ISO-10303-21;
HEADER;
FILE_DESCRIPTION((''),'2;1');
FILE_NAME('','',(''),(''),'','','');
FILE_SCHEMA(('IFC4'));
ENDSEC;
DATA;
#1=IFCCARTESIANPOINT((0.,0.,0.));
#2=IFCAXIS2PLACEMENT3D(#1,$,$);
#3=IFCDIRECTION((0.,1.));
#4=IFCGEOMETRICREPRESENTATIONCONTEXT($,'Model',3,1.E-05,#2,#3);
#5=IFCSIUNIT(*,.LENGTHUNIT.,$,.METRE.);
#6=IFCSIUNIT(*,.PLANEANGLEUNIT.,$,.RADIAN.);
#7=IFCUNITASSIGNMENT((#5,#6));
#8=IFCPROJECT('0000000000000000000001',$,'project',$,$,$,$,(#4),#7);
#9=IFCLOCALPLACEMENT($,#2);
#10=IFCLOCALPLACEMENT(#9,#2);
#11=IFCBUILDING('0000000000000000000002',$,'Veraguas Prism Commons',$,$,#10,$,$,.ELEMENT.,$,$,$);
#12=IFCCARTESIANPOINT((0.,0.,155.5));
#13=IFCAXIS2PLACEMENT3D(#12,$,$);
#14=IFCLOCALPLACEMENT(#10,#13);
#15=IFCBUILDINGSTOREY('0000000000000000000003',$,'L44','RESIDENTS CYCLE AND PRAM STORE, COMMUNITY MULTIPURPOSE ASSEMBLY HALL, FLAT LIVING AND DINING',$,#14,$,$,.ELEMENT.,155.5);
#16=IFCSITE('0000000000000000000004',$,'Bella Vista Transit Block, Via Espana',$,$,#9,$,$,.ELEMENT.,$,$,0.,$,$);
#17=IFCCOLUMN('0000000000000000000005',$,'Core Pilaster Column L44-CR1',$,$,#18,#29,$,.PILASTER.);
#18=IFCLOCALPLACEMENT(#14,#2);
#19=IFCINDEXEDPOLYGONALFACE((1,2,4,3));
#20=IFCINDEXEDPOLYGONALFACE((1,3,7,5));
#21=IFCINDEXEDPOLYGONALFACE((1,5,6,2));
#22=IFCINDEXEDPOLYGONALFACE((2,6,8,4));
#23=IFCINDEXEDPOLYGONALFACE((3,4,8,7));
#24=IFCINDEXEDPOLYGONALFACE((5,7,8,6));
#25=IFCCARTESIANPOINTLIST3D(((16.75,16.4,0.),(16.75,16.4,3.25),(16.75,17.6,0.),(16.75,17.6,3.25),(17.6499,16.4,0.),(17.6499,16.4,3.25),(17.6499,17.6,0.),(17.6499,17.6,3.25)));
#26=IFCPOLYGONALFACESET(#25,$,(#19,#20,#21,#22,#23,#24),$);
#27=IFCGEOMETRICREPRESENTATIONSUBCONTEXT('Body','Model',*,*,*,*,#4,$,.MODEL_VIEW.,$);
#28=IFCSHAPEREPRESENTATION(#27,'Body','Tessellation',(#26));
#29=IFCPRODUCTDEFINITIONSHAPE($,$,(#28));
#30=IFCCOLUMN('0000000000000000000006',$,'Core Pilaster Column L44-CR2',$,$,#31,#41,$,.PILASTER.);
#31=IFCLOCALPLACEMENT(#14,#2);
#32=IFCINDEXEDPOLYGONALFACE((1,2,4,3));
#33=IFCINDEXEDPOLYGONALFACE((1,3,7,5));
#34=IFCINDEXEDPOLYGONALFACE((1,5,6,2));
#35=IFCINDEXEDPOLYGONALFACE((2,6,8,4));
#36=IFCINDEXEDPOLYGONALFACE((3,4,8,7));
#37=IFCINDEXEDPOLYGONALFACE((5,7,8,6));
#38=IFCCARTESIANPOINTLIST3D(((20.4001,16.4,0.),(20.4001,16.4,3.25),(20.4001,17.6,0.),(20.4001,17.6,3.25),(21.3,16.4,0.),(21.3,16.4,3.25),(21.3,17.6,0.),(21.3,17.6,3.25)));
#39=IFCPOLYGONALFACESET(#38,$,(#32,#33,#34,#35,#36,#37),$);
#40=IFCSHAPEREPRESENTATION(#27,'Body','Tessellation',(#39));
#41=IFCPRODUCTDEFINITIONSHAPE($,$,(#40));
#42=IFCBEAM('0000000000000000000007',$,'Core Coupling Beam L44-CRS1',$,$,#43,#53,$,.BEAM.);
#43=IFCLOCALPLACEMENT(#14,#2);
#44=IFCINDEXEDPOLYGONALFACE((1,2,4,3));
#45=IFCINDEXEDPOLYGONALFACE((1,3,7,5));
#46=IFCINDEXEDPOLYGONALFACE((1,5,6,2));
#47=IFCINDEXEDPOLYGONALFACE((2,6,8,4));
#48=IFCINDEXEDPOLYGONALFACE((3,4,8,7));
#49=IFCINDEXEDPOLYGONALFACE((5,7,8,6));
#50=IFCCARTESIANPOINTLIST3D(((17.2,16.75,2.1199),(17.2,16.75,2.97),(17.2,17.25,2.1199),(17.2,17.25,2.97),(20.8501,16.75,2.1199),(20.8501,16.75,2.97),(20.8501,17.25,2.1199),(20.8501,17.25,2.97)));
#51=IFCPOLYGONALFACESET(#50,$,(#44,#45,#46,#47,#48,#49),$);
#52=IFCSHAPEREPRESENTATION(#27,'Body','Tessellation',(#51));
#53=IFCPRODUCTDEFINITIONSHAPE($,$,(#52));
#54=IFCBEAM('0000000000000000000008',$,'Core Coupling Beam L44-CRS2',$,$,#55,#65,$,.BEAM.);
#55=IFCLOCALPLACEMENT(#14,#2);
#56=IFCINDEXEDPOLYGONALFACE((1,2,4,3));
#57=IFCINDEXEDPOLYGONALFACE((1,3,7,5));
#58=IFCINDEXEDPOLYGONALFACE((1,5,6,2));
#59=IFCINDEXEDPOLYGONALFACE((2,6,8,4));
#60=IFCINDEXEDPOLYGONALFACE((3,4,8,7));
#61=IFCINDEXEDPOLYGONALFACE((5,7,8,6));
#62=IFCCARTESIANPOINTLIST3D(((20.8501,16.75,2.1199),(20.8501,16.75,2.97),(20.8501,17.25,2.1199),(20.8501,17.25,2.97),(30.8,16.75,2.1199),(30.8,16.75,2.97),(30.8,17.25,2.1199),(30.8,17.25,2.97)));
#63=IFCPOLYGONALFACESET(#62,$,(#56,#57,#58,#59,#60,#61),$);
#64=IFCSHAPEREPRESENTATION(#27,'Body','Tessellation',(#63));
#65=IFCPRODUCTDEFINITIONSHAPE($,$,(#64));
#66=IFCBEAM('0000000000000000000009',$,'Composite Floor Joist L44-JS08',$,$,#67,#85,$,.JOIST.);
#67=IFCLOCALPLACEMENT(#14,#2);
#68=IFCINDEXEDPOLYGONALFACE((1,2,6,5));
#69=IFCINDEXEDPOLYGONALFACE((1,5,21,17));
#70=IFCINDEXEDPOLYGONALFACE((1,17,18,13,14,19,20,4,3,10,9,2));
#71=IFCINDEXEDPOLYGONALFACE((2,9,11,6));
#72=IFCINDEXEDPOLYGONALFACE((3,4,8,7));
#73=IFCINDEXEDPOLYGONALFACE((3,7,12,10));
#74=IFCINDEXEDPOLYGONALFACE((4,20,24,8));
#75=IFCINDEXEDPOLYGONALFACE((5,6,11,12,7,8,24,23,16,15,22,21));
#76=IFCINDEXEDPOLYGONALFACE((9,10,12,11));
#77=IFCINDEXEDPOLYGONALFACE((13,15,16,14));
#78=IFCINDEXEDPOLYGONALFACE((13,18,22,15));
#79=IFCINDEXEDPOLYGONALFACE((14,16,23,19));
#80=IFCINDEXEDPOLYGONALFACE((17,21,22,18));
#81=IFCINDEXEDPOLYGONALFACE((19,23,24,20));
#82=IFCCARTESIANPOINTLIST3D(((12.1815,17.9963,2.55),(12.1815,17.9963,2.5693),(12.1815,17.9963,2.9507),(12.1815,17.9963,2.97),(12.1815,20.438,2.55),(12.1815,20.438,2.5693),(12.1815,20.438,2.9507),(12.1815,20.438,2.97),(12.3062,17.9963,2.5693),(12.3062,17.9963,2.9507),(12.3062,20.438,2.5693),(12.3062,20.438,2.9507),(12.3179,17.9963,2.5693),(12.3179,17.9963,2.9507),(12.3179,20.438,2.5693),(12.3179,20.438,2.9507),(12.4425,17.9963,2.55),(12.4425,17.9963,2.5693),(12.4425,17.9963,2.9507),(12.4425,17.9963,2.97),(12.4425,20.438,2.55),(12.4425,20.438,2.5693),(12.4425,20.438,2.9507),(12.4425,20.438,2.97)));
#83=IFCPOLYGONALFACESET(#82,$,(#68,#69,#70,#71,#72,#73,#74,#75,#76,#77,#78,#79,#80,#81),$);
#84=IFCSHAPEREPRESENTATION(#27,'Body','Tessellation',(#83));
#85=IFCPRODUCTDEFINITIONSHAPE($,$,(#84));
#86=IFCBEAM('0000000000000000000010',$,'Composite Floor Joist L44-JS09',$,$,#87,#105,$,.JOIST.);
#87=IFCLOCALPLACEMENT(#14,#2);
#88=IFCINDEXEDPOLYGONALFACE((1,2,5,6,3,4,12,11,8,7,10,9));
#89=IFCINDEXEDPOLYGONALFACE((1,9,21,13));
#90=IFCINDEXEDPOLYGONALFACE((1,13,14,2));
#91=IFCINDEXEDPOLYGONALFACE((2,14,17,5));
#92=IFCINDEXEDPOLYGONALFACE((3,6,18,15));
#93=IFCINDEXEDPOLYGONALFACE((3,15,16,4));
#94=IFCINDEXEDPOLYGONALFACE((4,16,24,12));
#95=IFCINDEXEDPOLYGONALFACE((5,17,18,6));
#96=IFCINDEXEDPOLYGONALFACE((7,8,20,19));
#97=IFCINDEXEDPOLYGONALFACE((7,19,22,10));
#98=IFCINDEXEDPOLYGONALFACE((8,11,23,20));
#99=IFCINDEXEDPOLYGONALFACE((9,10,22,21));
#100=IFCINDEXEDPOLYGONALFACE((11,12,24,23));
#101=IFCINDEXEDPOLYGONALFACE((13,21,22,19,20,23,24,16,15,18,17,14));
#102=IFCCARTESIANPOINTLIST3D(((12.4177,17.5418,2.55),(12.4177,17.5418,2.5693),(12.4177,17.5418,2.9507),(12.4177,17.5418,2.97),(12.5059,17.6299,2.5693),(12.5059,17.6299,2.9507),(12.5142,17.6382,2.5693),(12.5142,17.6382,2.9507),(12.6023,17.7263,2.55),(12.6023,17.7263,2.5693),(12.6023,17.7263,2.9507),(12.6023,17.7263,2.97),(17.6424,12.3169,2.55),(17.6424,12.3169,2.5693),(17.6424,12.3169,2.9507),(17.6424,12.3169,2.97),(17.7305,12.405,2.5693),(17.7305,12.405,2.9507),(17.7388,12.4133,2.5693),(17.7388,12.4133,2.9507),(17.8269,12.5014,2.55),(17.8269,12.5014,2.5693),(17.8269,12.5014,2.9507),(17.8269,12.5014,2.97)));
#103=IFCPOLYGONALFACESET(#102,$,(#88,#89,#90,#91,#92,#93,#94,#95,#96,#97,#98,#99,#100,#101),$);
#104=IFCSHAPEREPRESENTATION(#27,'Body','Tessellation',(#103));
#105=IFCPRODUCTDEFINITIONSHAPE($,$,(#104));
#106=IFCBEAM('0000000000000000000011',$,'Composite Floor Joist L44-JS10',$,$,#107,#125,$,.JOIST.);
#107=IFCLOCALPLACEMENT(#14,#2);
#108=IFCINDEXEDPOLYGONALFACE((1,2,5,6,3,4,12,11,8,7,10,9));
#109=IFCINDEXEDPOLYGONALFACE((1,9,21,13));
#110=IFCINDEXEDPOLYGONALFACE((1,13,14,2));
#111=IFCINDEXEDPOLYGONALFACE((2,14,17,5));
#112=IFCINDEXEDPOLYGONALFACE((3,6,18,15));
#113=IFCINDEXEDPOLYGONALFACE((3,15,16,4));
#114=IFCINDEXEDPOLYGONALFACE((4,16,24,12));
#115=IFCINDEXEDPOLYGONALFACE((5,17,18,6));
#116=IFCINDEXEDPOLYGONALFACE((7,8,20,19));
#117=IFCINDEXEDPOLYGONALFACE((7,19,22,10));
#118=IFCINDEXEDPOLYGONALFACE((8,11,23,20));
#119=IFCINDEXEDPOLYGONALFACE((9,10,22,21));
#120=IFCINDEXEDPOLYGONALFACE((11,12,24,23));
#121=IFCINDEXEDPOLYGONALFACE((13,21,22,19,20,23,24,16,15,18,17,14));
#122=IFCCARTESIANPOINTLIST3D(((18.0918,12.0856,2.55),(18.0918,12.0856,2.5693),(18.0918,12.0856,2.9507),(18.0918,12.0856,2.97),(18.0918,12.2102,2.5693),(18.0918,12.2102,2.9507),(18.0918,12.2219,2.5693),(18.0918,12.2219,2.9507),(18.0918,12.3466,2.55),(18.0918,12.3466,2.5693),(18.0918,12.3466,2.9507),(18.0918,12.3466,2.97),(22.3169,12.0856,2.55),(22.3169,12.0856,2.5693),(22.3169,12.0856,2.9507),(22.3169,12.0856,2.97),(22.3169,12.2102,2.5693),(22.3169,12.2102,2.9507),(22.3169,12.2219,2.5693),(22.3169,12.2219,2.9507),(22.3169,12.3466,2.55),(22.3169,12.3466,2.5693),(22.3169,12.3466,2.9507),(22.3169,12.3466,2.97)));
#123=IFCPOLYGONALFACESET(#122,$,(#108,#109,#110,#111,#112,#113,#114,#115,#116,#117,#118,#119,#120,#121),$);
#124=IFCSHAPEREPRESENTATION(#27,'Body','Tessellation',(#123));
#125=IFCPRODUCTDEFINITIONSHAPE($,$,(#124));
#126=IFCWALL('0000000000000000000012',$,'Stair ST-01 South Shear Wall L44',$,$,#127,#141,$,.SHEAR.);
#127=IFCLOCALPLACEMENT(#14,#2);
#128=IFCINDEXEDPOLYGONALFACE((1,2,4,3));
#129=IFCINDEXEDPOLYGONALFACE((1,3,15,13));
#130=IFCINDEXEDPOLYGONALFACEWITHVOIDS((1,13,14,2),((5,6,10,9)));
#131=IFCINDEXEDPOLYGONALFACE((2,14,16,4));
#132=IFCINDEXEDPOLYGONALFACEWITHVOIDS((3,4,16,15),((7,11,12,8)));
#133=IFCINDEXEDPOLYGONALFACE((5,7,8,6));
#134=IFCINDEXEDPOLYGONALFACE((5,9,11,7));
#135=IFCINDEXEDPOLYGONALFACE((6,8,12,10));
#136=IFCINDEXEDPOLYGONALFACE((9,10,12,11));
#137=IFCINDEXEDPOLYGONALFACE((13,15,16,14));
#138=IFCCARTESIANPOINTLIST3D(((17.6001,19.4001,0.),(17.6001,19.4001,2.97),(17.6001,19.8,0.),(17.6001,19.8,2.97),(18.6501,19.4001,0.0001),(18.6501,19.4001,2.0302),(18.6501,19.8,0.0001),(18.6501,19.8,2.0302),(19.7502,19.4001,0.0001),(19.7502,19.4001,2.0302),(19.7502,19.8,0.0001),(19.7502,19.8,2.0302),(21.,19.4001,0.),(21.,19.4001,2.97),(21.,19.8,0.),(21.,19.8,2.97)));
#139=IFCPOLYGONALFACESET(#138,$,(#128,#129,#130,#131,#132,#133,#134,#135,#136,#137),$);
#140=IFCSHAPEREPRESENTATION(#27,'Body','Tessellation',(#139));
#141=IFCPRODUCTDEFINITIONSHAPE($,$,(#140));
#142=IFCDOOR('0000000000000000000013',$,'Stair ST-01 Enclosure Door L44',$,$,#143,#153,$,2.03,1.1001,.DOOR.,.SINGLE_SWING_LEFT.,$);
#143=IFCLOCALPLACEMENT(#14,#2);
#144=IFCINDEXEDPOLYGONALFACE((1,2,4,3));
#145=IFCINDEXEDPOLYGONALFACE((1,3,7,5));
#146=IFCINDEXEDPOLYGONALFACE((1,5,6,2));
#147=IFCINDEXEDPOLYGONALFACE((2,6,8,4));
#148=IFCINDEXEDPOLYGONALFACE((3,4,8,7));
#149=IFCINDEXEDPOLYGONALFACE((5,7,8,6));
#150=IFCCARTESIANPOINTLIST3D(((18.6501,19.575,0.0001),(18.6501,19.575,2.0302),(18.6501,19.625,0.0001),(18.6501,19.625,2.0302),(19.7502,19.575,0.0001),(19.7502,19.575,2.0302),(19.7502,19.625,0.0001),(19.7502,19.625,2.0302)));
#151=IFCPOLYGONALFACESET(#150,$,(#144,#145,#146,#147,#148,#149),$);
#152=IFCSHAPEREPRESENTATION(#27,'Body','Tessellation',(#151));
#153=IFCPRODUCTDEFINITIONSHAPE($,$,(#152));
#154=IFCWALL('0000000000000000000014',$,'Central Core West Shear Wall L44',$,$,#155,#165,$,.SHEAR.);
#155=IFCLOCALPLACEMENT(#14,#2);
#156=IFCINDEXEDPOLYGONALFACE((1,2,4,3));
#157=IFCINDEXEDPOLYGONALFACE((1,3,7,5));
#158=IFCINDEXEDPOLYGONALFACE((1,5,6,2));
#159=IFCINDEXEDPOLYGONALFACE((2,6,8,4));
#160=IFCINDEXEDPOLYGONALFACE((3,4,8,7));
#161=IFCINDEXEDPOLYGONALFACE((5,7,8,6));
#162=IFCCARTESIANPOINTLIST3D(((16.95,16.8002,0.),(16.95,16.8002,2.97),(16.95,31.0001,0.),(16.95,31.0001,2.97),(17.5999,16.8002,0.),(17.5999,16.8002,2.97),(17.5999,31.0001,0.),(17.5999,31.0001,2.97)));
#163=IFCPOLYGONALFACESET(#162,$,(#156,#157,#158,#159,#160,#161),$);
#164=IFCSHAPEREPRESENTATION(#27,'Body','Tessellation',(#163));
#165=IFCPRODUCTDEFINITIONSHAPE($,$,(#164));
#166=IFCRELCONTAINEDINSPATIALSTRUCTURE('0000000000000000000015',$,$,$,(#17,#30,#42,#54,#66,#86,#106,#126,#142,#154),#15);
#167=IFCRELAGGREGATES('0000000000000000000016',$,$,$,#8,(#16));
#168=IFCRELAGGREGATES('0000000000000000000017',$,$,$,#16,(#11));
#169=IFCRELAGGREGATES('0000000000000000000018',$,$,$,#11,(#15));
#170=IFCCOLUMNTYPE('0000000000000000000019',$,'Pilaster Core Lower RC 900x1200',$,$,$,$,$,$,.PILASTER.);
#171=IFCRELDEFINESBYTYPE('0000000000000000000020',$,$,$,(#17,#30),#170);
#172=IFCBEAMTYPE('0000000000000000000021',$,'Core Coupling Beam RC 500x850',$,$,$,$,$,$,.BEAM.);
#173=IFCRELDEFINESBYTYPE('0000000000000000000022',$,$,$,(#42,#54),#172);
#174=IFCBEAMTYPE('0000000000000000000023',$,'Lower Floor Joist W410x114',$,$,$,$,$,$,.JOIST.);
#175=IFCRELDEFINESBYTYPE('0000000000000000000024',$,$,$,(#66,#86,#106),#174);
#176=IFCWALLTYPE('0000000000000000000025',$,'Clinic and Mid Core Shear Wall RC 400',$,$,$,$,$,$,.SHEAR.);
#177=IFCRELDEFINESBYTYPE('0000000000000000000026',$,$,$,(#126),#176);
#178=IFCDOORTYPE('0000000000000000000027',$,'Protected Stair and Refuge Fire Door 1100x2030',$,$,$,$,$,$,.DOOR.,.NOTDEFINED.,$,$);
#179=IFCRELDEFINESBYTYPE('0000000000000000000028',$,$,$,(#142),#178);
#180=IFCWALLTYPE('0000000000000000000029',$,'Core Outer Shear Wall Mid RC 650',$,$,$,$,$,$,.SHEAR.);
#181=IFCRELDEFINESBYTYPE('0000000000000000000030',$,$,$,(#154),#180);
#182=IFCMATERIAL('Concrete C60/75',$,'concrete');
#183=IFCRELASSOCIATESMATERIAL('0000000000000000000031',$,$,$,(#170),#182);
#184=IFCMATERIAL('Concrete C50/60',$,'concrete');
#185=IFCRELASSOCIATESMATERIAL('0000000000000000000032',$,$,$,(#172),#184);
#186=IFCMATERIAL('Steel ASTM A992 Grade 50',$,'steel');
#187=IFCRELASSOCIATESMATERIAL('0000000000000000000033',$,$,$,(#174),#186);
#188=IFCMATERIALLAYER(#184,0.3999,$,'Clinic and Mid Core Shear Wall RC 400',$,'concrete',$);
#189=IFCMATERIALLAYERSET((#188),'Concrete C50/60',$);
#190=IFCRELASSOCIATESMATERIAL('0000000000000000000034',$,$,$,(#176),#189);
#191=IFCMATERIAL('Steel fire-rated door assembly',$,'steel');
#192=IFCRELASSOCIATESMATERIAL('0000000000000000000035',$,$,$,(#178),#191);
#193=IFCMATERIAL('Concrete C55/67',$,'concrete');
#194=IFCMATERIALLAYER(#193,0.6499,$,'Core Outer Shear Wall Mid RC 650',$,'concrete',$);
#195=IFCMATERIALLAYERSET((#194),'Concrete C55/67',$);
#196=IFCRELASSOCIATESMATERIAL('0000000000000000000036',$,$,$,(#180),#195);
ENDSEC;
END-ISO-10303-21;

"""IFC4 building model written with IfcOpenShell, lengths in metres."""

from ifc_helpers import new_model, si_unit, direction, frame, frame_2d, origin, origin_2d, place, context, subcontext, project, spatial, rectangle, i_section, extrude, source, transform, mapped, material, layer, layer_set, material_profile, profile_set, type_object, element, fill, save


model = new_model("IFC4")

# Units and contexts
model_context = context("Model", 3, precision=1e-05, world=origin(), true_north=direction((0.0, 1.0)))
body_context = subcontext(model_context, "Body", "Model", "MODEL_VIEW")
ifc_project = project(units=[si_unit("LENGTHUNIT", "METRE"), si_unit("PLANEANGLEUNIT", "RADIAN")], contexts=[model_context])

# Site, building, storey
site_placement = place(None, origin())
site = spatial("IfcSite", under=ifc_project, at=site_placement, Name="Bella Vista Transit Block, Via Espana", CompositionType="ELEMENT", RefElevation=0.0)
building_placement = place(site_placement, origin())
building = spatial("IfcBuilding", under=site, at=building_placement, Name="Veraguas Prism Commons", CompositionType="ELEMENT")
storey_placement = place(building_placement, frame((0.0, 0.0, 155.5)))
storey = spatial("IfcBuildingStorey", under=building, at=storey_placement, Name="L44", Description="RESIDENTS CYCLE AND PRAM STORE, COMMUNITY MULTIPURPOSE ASSEMBLY HALL, FLAT LIVING AND DINING", CompositionType="ELEMENT", Elevation=155.5)

# Columns
ifc_material_1 = material(Name="Concrete C60/75", Category="concrete")
ifc_material_profile_1 = material_profile(ifc_material_1, rectangle(XDim=0.8999, YDim=1.2, at=origin_2d()), Name="RC900X1200")
ifc_profile_set_1 = profile_set([ifc_material_profile_1], Name="Concrete C60/75")
column_type = type_object("IfcColumnType", Name="Pilaster Core Lower RC 900x1200", PredefinedType="PILASTER", material=ifc_profile_set_1)
for number, where, z_axis, x_axis, name in (
    (1, (17.2, 17.0, 0.0), (0.0, 0.0, 1.0), (1.0, 0.0, 0.0), "Core Pilaster Column L44-CR1"),
    (2, (20.8501, 17.0, 0.0), (0.0, 0.0, 1.0), (1.0, 0.0, 0.0), "Core Pilaster Column L44-CR2"),
):
    element("IfcColumn", number, at=place(storey_placement, frame(where, z_axis=z_axis, x_axis=x_axis)), inside=storey, type_object=column_type, Name=name, PredefinedType="PILASTER", context=body_context, shape_type="SweptSolid", body=[
        extrude(rectangle(XDim=0.8999, YDim=1.2, at=origin_2d()), origin(), (0.0, 0.0, 1.0), 3.25),
    ])

# Beams
ifc_material_2 = material(Name="Concrete C50/60", Category="concrete")
ifc_material_profile_2 = material_profile(ifc_material_2, rectangle(XDim=0.5, YDim=0.8501, at=origin_2d()), Name="RC500X850")
ifc_profile_set_2 = profile_set([ifc_material_profile_2], Name="Concrete C50/60")
beam_type_1 = type_object("IfcBeamType", Name="Core Coupling Beam RC 500x850", PredefinedType="BEAM", material=ifc_profile_set_2)
beam_1_placement = place(storey_placement, frame((17.2, 17.0, 2.5449), z_axis=(1.0, 0.0, 0.0), x_axis=(0.0, 1.0, 0.0)))
element("IfcBeam", 3, at=beam_1_placement, inside=storey, type_object=beam_type_1, Name="Core Coupling Beam L44-CRS1", PredefinedType="BEAM", context=body_context, shape_type="SweptSolid", body=[
    extrude(rectangle(XDim=0.5, YDim=0.8501, at=origin_2d()), origin(), (0.0, 0.0, 1.0), 3.6501),
])
beam_2_placement = place(storey_placement, frame((20.8501, 17.0, 2.5449), z_axis=(1.0, 0.0, 0.0), x_axis=(0.0, 1.0, 0.0)))
element("IfcBeam", 4, at=beam_2_placement, inside=storey, type_object=beam_type_1, Name="Core Coupling Beam L44-CRS2", PredefinedType="BEAM", context=body_context, shape_type="SweptSolid", body=[
    extrude(rectangle(XDim=0.5, YDim=0.8501, at=origin_2d()), origin(), (0.0, 0.0, 1.0), 9.95),
])
ifc_material_3 = material(Name="Steel ASTM A992 Grade 50", Category="steel")
ifc_material_profile_3 = material_profile(ifc_material_3, i_section(OverallWidth=0.261, OverallDepth=0.4199, WebThickness=0.0117, FlangeThickness=0.0193, at=origin_2d()), Name="W410X114")
ifc_profile_set_3 = profile_set([ifc_material_profile_3], Name="Steel ASTM A992 Grade 50")
beam_type_2 = type_object("IfcBeamType", Name="Lower Floor Joist W410x114", PredefinedType="JOIST", material=ifc_profile_set_3)
beam_3_placement = place(storey_placement, frame((12.312, 20.438, 2.76), z_axis=(0.0, -1.0, 0.0), x_axis=(1.0, 0.0, 0.0)))
element("IfcBeam", 5, at=beam_3_placement, inside=storey, type_object=beam_type_2, Name="Composite Floor Joist L44-JS08", PredefinedType="JOIST", context=body_context, shape_type="SweptSolid", body=[
    extrude(i_section(OverallWidth=0.261, OverallDepth=0.4199, WebThickness=0.0117, FlangeThickness=0.0193, at=origin_2d()), origin(), (0.0, 0.0, 1.0), 2.4417),
])
beam_4_placement = place(storey_placement, frame((12.51, 17.634, 2.76), z_axis=(0.70709, -0.707123, 0.0), x_axis=(0.707123, 0.70709, 0.0)))
element("IfcBeam", 6, at=beam_4_placement, inside=storey, type_object=beam_type_2, Name="Composite Floor Joist L44-JS09", PredefinedType="JOIST", context=body_context, shape_type="SweptSolid", body=[
    extrude(i_section(OverallWidth=0.261, OverallDepth=0.4199, WebThickness=0.0117, FlangeThickness=0.0193, at=origin_2d()), origin(), (0.0, 0.0, 1.0), 7.3889),
])
beam_5_placement = place(storey_placement, frame((18.0918, 12.2161, 2.76), z_axis=(1.0, 0.0, 0.0), x_axis=(0.0, 1.0, 0.0)))
element("IfcBeam", 7, at=beam_5_placement, inside=storey, type_object=beam_type_2, Name="Composite Floor Joist L44-JS10", PredefinedType="JOIST", context=body_context, shape_type="SweptSolid", body=[
    extrude(i_section(OverallWidth=0.261, OverallDepth=0.4199, WebThickness=0.0117, FlangeThickness=0.0193, at=origin_2d()), origin(), (0.0, 0.0, 1.0), 4.2251),
])

# Wall, opening, door
ifc_layer_1 = layer(ifc_material_2, 0.3999, Name="Clinic and Mid Core Shear Wall RC 400", Category="concrete")
ifc_layer_set_1 = layer_set([ifc_layer_1], Name="Concrete C50/60")
wall_type_1 = type_object("IfcWallType", Name="Clinic and Mid Core Shear Wall RC 400", PredefinedType="SHEAR", material=ifc_layer_set_1)
wall_1_placement = place(storey_placement, frame((17.6001, 19.6001, 0.0), z_axis=(0.0, 0.0, 1.0), x_axis=(1.0, 0.0, 0.0)))
wall_1 = element("IfcWall", 8, at=wall_1_placement, inside=storey, type_object=wall_type_1, Name="Stair ST-01 South Shear Wall L44", PredefinedType="SHEAR", context=body_context, shape_type="SweptSolid", body=[
    extrude(rectangle(XDim=3.3999, YDim=0.3999, at=frame_2d((1.7, 0.0))), origin(), (0.0, 0.0, 1.0), 2.97),
])
opening_1_placement = place(wall_1_placement, frame((1.05, 0.0, 0.0)))
opening_1 = element("IfcOpeningElement", 9, at=opening_1_placement, cuts=wall_1, PredefinedType="OPENING", context=body_context, shape_type="SweptSolid", body=[
    extrude(rectangle(XDim=1.1001, YDim=2.03, at=frame_2d((0.55, 1.0151))), frame((0.0, 0.21, 0.0), z_axis=(0.0, -1.0, 0.0), x_axis=(1.0, 0.0, 0.0)), (0.0, 0.0, 1.0), 0.4199),
])
ifc_material_4 = material(Name="Steel fire-rated door assembly", Category="steel")
door_type_1 = type_object("IfcDoorType", Name="Protected Stair and Refuge Fire Door 1100x2030", OperationType="NOTDEFINED", PredefinedType="DOOR", material=ifc_material_4)
shared_shape_1 = source(origin(), body_context, "Body", "SweptSolid", [
    extrude(rectangle(XDim=1.1001, YDim=2.03, at=frame_2d((0.55, 1.0151))), frame((0.0, 0.0249, 0.0), z_axis=(0.0, -1.0, 0.0), x_axis=(1.0, 0.0, 0.0)), (0.0, 0.0, 1.0), 0.05),
])
door_1_placement = place(opening_1_placement, origin())
door_1 = element("IfcDoor", 10, at=door_1_placement, inside=storey, type_object=door_type_1, Name="Stair ST-01 Enclosure Door L44", OperationType="SINGLE_SWING_LEFT", OverallHeight=2.03, OverallWidth=1.1001, PredefinedType="DOOR", context=body_context, shape_type="MappedRepresentation", body=[
    mapped(shared_shape_1, transform((0.0, 0.0, 0.0), scale=1.0)),
])
fill(opening_1, door_1)

# Wall
ifc_material_5 = material(Name="Concrete C55/67", Category="concrete")
ifc_layer_2 = layer(ifc_material_5, 0.6499, Name="Core Outer Shear Wall Mid RC 650", Category="concrete")
ifc_layer_set_2 = layer_set([ifc_layer_2], Name="Concrete C55/67")
wall_type_2 = type_object("IfcWallType", Name="Core Outer Shear Wall Mid RC 650", PredefinedType="SHEAR", material=ifc_layer_set_2)
wall_2_placement = place(storey_placement, frame((17.2749, 16.8, 0.0), z_axis=(0.0, 0.0, 1.0), x_axis=(0.0, 1.0, 0.0)))
element("IfcWall", 11, at=wall_2_placement, inside=storey, type_object=wall_type_2, Name="Central Core West Shear Wall L44", PredefinedType="SHEAR", context=body_context, shape_type="SweptSolid", body=[
    extrude(rectangle(XDim=14.2, YDim=0.6499, at=frame_2d((7.1001, 0.0))), origin(), (0.0, 0.0, 1.0), 2.97),
])

save(model, "model.ifc")
